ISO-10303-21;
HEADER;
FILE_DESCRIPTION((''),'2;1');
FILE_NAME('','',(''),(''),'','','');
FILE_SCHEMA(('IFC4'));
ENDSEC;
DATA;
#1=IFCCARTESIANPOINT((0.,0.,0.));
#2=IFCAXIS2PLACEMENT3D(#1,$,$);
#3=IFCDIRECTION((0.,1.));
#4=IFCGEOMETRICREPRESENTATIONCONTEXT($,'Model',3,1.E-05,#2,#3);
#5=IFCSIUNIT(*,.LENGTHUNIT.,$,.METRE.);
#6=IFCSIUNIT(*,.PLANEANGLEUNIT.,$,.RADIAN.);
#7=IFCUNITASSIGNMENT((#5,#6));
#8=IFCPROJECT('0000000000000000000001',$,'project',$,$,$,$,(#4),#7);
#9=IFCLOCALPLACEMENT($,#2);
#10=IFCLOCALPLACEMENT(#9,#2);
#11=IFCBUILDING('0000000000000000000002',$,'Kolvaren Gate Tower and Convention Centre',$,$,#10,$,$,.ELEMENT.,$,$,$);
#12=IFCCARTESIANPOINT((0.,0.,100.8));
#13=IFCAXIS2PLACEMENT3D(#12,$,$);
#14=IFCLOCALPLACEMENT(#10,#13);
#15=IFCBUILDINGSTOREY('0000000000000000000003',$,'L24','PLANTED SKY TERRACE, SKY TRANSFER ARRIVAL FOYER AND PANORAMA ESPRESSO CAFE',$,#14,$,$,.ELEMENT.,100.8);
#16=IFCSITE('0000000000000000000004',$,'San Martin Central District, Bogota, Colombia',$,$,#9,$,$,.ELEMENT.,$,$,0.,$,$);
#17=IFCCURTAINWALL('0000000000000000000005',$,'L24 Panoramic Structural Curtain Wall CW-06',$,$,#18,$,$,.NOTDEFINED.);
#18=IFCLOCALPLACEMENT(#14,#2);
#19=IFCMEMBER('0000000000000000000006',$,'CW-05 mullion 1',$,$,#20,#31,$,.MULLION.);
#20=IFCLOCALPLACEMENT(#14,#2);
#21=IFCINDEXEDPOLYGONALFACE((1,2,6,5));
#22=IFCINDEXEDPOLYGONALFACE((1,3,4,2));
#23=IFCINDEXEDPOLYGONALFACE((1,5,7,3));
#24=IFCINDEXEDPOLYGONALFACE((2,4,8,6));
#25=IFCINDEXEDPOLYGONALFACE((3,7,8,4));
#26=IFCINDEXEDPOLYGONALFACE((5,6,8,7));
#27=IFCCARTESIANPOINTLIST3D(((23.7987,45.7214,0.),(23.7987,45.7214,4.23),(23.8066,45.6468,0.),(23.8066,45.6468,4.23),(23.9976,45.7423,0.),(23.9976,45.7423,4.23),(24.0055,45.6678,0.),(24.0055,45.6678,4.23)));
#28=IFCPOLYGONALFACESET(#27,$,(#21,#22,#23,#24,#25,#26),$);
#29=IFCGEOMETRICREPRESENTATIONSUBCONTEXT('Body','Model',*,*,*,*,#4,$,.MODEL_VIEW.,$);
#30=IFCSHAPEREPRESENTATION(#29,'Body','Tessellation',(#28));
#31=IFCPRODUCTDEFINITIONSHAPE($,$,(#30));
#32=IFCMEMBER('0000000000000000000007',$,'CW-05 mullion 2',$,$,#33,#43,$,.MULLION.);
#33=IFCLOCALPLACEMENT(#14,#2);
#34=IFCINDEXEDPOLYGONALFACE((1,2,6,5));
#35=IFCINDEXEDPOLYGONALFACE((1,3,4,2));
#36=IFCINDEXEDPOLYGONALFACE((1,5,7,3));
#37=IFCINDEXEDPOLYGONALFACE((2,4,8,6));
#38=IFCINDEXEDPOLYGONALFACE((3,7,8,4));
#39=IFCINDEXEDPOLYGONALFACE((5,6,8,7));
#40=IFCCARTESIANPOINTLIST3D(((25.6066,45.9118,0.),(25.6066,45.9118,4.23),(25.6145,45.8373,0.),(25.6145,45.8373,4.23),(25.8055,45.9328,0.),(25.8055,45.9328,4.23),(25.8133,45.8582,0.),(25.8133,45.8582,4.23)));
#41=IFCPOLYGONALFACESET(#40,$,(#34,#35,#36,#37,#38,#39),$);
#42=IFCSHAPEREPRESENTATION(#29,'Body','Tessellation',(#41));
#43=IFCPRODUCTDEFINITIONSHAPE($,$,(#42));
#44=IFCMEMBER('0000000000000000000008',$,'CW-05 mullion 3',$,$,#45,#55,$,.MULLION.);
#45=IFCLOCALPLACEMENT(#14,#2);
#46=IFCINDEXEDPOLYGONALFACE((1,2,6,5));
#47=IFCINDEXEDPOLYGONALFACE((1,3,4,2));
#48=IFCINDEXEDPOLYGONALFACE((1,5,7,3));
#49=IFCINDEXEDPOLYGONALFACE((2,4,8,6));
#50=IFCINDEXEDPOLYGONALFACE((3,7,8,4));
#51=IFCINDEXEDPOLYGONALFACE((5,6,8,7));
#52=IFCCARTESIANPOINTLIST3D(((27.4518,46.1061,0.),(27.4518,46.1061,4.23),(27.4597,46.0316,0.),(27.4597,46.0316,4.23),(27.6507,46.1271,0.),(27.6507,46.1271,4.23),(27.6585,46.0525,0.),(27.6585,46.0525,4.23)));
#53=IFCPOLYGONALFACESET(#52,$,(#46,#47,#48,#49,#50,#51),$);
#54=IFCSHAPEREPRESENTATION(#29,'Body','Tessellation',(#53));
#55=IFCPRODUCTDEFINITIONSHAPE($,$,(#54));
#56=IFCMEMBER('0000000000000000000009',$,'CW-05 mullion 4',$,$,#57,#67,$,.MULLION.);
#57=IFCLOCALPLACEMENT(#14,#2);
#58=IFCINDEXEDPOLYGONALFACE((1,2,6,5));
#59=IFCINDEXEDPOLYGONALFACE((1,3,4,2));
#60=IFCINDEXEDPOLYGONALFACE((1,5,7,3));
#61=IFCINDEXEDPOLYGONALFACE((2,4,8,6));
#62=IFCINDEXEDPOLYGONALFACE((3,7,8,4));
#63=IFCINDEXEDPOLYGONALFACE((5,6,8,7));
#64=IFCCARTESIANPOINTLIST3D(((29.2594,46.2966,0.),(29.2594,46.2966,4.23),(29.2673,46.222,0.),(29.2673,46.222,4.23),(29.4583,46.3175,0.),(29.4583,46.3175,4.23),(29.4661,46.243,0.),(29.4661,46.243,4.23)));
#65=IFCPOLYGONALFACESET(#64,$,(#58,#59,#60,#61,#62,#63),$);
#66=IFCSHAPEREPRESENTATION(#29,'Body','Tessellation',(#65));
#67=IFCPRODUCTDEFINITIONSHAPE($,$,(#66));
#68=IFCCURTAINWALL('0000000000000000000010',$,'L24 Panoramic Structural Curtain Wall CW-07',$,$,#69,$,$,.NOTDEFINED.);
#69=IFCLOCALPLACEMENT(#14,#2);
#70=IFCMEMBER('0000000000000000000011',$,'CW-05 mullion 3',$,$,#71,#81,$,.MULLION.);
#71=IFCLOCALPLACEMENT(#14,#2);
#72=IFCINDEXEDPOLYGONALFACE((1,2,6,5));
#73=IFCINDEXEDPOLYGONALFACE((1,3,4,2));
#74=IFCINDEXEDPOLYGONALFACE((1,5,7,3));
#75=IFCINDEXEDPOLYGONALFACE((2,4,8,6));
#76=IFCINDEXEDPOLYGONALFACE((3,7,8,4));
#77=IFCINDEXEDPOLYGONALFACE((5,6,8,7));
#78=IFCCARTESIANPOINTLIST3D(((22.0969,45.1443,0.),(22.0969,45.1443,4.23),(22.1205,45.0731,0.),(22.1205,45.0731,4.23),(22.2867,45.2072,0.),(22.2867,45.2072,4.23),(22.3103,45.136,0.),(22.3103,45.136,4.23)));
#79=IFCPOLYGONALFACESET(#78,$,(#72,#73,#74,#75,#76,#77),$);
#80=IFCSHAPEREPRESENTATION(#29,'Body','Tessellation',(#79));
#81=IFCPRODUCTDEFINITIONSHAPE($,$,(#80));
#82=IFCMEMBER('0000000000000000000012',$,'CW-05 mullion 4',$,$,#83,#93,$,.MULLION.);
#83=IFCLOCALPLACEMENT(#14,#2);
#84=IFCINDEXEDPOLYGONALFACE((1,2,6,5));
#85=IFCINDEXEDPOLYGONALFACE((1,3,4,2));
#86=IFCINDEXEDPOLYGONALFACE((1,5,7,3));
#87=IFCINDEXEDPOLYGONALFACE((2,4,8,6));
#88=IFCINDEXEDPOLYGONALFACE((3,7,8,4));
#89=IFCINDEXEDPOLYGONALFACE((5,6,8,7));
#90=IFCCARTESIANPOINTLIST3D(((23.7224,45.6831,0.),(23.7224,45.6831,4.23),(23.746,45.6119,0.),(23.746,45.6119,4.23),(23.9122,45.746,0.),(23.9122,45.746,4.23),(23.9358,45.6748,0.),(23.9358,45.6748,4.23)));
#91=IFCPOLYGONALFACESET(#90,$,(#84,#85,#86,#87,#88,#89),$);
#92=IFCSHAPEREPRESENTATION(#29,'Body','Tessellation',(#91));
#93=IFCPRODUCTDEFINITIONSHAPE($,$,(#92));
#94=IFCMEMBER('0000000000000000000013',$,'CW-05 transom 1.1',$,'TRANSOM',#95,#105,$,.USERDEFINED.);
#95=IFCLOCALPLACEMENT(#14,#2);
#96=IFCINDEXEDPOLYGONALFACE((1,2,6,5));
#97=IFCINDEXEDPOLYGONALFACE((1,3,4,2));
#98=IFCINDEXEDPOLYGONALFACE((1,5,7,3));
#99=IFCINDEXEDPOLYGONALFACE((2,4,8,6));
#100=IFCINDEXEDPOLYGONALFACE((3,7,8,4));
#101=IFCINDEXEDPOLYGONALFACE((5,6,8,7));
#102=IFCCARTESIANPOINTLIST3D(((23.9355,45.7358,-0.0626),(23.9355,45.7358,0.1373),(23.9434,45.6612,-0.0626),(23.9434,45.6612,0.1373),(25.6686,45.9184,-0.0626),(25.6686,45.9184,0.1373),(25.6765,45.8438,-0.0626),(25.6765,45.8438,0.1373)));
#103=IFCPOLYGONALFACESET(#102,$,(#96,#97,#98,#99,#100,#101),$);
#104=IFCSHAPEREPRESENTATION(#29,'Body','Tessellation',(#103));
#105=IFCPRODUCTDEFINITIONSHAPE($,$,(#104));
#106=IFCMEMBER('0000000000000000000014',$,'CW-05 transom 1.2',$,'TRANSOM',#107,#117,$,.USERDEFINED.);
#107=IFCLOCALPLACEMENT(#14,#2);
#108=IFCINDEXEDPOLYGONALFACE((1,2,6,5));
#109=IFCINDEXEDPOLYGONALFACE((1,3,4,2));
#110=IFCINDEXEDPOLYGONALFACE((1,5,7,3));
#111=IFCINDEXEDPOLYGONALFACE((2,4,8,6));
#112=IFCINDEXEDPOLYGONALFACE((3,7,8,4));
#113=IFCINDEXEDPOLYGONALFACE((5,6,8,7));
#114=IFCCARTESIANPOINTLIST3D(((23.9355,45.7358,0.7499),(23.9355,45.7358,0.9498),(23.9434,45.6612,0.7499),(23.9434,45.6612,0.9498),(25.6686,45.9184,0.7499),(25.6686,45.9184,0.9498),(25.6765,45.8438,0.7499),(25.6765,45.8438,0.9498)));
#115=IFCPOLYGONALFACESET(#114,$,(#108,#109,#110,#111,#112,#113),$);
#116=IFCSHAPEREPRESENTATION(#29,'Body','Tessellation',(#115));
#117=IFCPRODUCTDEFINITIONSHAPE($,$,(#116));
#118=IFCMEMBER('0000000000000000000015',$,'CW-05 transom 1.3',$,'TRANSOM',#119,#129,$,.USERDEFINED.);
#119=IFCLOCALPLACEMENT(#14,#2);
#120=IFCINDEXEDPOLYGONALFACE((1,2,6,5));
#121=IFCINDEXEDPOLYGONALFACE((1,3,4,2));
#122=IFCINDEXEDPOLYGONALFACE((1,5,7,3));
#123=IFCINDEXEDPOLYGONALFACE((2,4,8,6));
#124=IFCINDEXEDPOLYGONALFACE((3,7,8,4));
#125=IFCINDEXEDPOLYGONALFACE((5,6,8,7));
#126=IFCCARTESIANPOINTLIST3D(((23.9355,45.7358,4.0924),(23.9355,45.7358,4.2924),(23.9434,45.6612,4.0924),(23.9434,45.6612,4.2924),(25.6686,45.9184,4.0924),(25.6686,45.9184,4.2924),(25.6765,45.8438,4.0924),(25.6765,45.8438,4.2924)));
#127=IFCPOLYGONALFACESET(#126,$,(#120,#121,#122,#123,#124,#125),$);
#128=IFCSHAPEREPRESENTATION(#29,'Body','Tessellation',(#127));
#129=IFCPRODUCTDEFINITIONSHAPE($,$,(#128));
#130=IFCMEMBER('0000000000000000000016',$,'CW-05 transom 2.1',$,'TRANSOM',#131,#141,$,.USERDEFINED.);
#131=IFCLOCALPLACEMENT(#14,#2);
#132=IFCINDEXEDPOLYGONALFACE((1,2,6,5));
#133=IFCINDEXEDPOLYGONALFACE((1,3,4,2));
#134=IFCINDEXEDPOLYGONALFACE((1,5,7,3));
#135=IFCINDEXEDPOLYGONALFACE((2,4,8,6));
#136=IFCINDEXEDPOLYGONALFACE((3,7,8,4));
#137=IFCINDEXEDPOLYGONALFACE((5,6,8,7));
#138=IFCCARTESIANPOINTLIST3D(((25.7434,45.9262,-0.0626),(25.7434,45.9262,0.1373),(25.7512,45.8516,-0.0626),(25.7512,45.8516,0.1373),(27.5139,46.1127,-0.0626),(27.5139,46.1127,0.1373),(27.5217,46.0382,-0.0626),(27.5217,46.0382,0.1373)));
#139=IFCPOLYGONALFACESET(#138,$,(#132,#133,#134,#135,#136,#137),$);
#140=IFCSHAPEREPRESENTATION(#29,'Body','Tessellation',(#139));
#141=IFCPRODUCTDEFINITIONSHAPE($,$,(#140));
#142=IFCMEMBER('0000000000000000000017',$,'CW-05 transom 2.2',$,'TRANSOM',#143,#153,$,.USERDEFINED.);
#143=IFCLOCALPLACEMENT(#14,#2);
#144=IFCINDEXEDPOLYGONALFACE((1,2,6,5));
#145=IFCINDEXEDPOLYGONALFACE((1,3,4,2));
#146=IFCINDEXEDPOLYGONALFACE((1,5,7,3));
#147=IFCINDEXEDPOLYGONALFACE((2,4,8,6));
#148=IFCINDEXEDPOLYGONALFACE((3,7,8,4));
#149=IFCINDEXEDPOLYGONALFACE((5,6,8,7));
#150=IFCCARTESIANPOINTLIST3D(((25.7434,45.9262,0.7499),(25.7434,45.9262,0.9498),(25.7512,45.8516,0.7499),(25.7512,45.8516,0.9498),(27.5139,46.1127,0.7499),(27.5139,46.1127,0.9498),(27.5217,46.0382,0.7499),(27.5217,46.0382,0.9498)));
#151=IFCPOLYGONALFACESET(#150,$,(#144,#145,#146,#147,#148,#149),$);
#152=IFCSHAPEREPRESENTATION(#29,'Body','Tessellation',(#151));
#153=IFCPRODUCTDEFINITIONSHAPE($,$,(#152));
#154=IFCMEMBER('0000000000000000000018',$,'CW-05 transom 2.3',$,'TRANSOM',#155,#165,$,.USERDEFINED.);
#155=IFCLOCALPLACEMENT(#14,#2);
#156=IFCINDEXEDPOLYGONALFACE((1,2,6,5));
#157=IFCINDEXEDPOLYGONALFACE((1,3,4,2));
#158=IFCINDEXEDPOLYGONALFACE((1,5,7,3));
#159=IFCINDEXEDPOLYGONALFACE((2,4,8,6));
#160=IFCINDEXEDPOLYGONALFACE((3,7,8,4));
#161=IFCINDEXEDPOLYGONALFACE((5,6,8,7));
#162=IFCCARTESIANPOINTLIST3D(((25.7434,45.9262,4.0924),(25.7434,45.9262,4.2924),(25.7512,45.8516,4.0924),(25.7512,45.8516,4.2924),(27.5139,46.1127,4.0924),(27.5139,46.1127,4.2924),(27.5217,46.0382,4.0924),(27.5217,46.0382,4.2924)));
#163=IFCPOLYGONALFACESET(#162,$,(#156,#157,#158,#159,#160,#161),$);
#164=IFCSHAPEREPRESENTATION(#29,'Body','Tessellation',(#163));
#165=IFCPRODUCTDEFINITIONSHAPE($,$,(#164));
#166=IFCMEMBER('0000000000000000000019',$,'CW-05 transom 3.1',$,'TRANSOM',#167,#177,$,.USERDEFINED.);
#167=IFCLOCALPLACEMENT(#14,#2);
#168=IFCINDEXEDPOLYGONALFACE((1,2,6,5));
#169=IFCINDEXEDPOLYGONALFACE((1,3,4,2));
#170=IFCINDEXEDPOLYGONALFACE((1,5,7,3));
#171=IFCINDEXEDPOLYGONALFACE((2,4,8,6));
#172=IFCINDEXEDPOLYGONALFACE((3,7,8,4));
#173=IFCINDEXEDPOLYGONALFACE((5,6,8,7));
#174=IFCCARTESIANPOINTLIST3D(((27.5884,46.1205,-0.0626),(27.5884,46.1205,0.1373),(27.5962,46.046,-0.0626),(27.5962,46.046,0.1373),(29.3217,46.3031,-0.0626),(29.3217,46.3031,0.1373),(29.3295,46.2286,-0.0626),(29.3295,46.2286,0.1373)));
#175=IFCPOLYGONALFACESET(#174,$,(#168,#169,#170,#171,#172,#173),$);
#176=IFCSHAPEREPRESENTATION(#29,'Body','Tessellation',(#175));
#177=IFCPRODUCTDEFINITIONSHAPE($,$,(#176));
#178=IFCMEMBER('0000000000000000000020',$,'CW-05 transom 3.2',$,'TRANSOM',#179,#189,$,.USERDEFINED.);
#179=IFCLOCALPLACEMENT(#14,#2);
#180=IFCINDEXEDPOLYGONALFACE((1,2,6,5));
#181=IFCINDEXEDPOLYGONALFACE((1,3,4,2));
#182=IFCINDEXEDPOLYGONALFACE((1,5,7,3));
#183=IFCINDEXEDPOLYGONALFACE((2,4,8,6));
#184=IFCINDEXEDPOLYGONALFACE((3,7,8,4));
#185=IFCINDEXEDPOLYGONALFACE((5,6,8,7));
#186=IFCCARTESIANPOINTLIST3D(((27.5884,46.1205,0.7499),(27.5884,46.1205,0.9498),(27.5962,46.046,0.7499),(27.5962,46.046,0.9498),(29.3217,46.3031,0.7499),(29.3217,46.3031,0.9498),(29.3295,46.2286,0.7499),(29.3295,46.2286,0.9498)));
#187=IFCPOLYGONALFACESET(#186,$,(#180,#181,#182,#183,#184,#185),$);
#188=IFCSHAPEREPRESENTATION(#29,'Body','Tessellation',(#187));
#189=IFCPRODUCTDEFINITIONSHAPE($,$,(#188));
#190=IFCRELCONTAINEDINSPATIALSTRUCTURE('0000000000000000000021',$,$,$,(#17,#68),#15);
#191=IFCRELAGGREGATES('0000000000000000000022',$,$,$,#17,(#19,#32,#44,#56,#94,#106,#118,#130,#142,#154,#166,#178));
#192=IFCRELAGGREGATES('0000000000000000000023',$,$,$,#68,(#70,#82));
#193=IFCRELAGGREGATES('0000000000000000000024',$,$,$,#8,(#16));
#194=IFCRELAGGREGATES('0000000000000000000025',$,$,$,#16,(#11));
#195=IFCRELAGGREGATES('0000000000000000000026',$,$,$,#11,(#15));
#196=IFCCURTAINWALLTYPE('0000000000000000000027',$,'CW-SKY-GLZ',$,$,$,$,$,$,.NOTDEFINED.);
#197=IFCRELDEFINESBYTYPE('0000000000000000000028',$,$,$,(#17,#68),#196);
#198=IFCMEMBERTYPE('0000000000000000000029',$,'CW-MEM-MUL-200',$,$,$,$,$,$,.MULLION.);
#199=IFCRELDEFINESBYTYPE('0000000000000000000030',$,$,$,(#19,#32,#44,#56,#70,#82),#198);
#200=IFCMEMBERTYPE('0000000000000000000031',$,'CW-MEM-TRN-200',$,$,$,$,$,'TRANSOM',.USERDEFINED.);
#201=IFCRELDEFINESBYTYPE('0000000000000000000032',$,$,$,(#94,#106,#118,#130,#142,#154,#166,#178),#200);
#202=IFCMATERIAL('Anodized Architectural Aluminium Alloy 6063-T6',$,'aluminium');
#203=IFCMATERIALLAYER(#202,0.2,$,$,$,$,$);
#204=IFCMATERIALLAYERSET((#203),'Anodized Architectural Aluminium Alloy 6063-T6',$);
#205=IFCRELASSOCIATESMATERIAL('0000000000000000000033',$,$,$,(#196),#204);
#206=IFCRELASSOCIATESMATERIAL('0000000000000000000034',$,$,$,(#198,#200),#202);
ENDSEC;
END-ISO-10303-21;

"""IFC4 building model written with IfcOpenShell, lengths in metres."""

from ifc_helpers import new_model, si_unit, direction, frame, origin, origin_2d, place, context, subcontext, project, spatial, rectangle, extrude, material, layer, layer_set, material_profile, profile_set, type_object, element, aggregate, save


model = new_model("IFC4")

# Units and contexts
model_context = context("Model", 3, precision=1e-05, world=origin(), true_north=direction((0.0, 1.0)))
body_context = subcontext(model_context, "Body", "Model", "MODEL_VIEW")
ifc_project = project(units=[si_unit("LENGTHUNIT", "METRE"), si_unit("PLANEANGLEUNIT", "RADIAN")], contexts=[model_context])

# Site, building, storey
site_placement = place(None, origin())
site = spatial("IfcSite", under=ifc_project, at=site_placement, Name="San Martin Central District, Bogota, Colombia", CompositionType="ELEMENT", RefElevation=0.0)
building_placement = place(site_placement, origin())
building = spatial("IfcBuilding", under=site, at=building_placement, Name="Kolvaren Gate Tower and Convention Centre", CompositionType="ELEMENT")
storey_placement = place(building_placement, frame((0.0, 0.0, 100.8)))
storey = spatial("IfcBuildingStorey", under=building, at=storey_placement, Name="L24", Description="PLANTED SKY TERRACE, SKY TRANSFER ARRIVAL FOYER AND PANORAMA ESPRESSO CAFE", CompositionType="ELEMENT", Elevation=100.8)

# Curtain walls, members
ifc_material_1 = material(Name="Anodized Architectural Aluminium Alloy 6063-T6", Category="aluminium")
ifc_layer_1 = layer(ifc_material_1, 0.2)
ifc_layer_set_1 = layer_set([ifc_layer_1], Name="Anodized Architectural Aluminium Alloy 6063-T6")
curtain_wall_type = type_object("IfcCurtainWallType", Name="CW-SKY-GLZ", PredefinedType="NOTDEFINED", material=ifc_layer_set_1)
curtain_wall_1_placement = place(storey_placement, origin())
curtain_wall_1 = element("IfcCurtainWall", 1, at=curtain_wall_1_placement, inside=storey, type_object=curtain_wall_type, Name="L24 Panoramic Structural Curtain Wall CW-06", PredefinedType="NOTDEFINED")
ifc_material_profile_1 = material_profile(ifc_material_1, rectangle(XDim=0.075, YDim=0.2, at=origin_2d()), Name="CW-MEM-MUL-200")
ifc_profile_set_1 = profile_set([ifc_material_profile_1], Name="Anodized Architectural Aluminium Alloy 6063-T6")
member_type_1 = type_object("IfcMemberType", Name="CW-MEM-MUL-200", PredefinedType="MULLION", material=ifc_profile_set_1)
member_1_placement = place(storey_placement, frame((23.9021, 45.6946, 0.0), z_axis=(0.0, 0.0, 1.0), x_axis=(-0.104743, 0.994499, 0.0)))
member_1 = element("IfcMember", 2, at=member_1_placement, type_object=member_type_1, Name="CW-05 mullion 1", PredefinedType="MULLION", context=body_context, shape_type="SweptSolid", body=[
    extrude(rectangle(XDim=0.075, YDim=0.2, at=origin_2d()), origin(), (0.0, 0.0, 1.0), 4.23),
])
member_2_placement = place(storey_placement, frame((25.71, 45.885, 0.0), z_axis=(0.0, 0.0, 1.0), x_axis=(-0.104743, 0.994499, 0.0)))
member_2 = element("IfcMember", 3, at=member_2_placement, type_object=member_type_1, Name="CW-05 mullion 2", PredefinedType="MULLION", context=body_context, shape_type="SweptSolid", body=[
    extrude(rectangle(XDim=0.075, YDim=0.2, at=origin_2d()), origin(), (0.0, 0.0, 1.0), 4.23),
])
member_3_placement = place(storey_placement, frame((27.5552, 46.0793, 0.0), z_axis=(0.0, 0.0, 1.0), x_axis=(-0.104743, 0.994499, 0.0)))
member_3 = element("IfcMember", 4, at=member_3_placement, type_object=member_type_1, Name="CW-05 mullion 3", PredefinedType="MULLION", context=body_context, shape_type="SweptSolid", body=[
    extrude(rectangle(XDim=0.075, YDim=0.2, at=origin_2d()), origin(), (0.0, 0.0, 1.0), 4.23),
])
member_4_placement = place(storey_placement, frame((29.3628, 46.2698, 0.0), z_axis=(0.0, 0.0, 1.0), x_axis=(-0.104743, 0.994499, 0.0)))
member_4 = element("IfcMember", 5, at=member_4_placement, type_object=member_type_1, Name="CW-05 mullion 4", PredefinedType="MULLION", context=body_context, shape_type="SweptSolid", body=[
    extrude(rectangle(XDim=0.075, YDim=0.2, at=origin_2d()), origin(), (0.0, 0.0, 1.0), 4.23),
])
curtain_wall_2_placement = place(storey_placement, origin())
curtain_wall_2 = element("IfcCurtainWall", 6, at=curtain_wall_2_placement, inside=storey, type_object=curtain_wall_type, Name="L24 Panoramic Structural Curtain Wall CW-07", PredefinedType="NOTDEFINED")
member_5_placement = place(storey_placement, frame((22.2036, 45.1401, 0.0), z_axis=(0.0, 0.0, 1.0), x_axis=(-0.314565, 0.949236, 0.0)))
member_5 = element("IfcMember", 7, at=member_5_placement, type_object=member_type_1, Name="CW-05 mullion 3", PredefinedType="MULLION", context=body_context, shape_type="SweptSolid", body=[
    extrude(rectangle(XDim=0.075, YDim=0.2, at=origin_2d()), origin(), (0.0, 0.0, 1.0), 4.23),
])
member_6_placement = place(storey_placement, frame((23.8291, 45.679, 0.0), z_axis=(0.0, 0.0, 1.0), x_axis=(-0.314565, 0.949236, 0.0)))
member_6 = element("IfcMember", 8, at=member_6_placement, type_object=member_type_1, Name="CW-05 mullion 4", PredefinedType="MULLION", context=body_context, shape_type="SweptSolid", body=[
    extrude(rectangle(XDim=0.075, YDim=0.2, at=origin_2d()), origin(), (0.0, 0.0, 1.0), 4.23),
])

# Members
ifc_material_profile_2 = material_profile(ifc_material_1, rectangle(XDim=0.075, YDim=0.2, at=origin_2d()), Name="CW-MEM-TRN-200")
ifc_profile_set_2 = profile_set([ifc_material_profile_2], Name="Anodized Architectural Aluminium Alloy 6063-T6")
member_type_2 = type_object("IfcMemberType", Name="CW-MEM-TRN-200", ElementType="TRANSOM", PredefinedType="USERDEFINED", material=ifc_profile_set_2)
member_7_placement = place(storey_placement, frame((23.9395, 45.6985, 0.0374), z_axis=(0.994495, 0.104787, 0.0), x_axis=(-0.104787, 0.994495, 0.0)))
member_7 = element("IfcMember", 9, at=member_7_placement, type_object=member_type_2, Name="CW-05 transom 1.1", ObjectType="TRANSOM", PredefinedType="USERDEFINED", context=body_context, shape_type="SweptSolid", body=[
    extrude(rectangle(XDim=0.075, YDim=0.2, at=origin_2d()), origin(), (0.0, 0.0, 1.0), 1.7427),
])
member_8_placement = place(storey_placement, frame((23.9395, 45.6985, 0.8499), z_axis=(0.994495, 0.104787, 0.0), x_axis=(-0.104787, 0.994495, 0.0)))
member_8 = element("IfcMember", 10, at=member_8_placement, type_object=member_type_2, Name="CW-05 transom 1.2", ObjectType="TRANSOM", PredefinedType="USERDEFINED", context=body_context, shape_type="SweptSolid", body=[
    extrude(rectangle(XDim=0.075, YDim=0.2, at=origin_2d()), origin(), (0.0, 0.0, 1.0), 1.7427),
])
member_9_placement = place(storey_placement, frame((23.9395, 45.6985, 4.1924), z_axis=(0.994495, 0.104787, 0.0), x_axis=(-0.104787, 0.994495, 0.0)))
member_9 = element("IfcMember", 11, at=member_9_placement, type_object=member_type_2, Name="CW-05 transom 1.3", ObjectType="TRANSOM", PredefinedType="USERDEFINED", context=body_context, shape_type="SweptSolid", body=[
    extrude(rectangle(XDim=0.075, YDim=0.2, at=origin_2d()), origin(), (0.0, 0.0, 1.0), 1.7427),
])
member_10_placement = place(storey_placement, frame((25.7473, 45.8889, 0.0374), z_axis=(0.994496, 0.10477, 0.0), x_axis=(-0.10477, 0.994496, 0.0)))
member_10 = element("IfcMember", 12, at=member_10_placement, type_object=member_type_2, Name="CW-05 transom 2.1", ObjectType="TRANSOM", PredefinedType="USERDEFINED", context=body_context, shape_type="SweptSolid", body=[
    extrude(rectangle(XDim=0.075, YDim=0.2, at=origin_2d()), origin(), (0.0, 0.0, 1.0), 1.7803),
])
member_11_placement = place(storey_placement, frame((25.7473, 45.8889, 0.8499), z_axis=(0.994496, 0.10477, 0.0), x_axis=(-0.10477, 0.994496, 0.0)))
member_11 = element("IfcMember", 13, at=member_11_placement, type_object=member_type_2, Name="CW-05 transom 2.2", ObjectType="TRANSOM", PredefinedType="USERDEFINED", context=body_context, shape_type="SweptSolid", body=[
    extrude(rectangle(XDim=0.075, YDim=0.2, at=origin_2d()), origin(), (0.0, 0.0, 1.0), 1.7803),
])
member_12_placement = place(storey_placement, frame((25.7473, 45.8889, 4.1924), z_axis=(0.994496, 0.10477, 0.0), x_axis=(-0.10477, 0.994496, 0.0)))
member_12 = element("IfcMember", 14, at=member_12_placement, type_object=member_type_2, Name="CW-05 transom 2.3", ObjectType="TRANSOM", PredefinedType="USERDEFINED", context=body_context, shape_type="SweptSolid", body=[
    extrude(rectangle(XDim=0.075, YDim=0.2, at=origin_2d()), origin(), (0.0, 0.0, 1.0), 1.7803),
])
member_13_placement = place(storey_placement, frame((27.5923, 46.0833, 0.0374), z_axis=(0.994496, 0.104772, 0.0), x_axis=(-0.104772, 0.994496, 0.0)))
member_13 = element("IfcMember", 15, at=member_13_placement, type_object=member_type_2, Name="CW-05 transom 3.1", ObjectType="TRANSOM", PredefinedType="USERDEFINED", context=body_context, shape_type="SweptSolid", body=[
    extrude(rectangle(XDim=0.075, YDim=0.2, at=origin_2d()), origin(), (0.0, 0.0, 1.0), 1.7429),
])
member_14_placement = place(storey_placement, frame((27.5923, 46.0833, 0.8499), z_axis=(0.994496, 0.104772, 0.0), x_axis=(-0.104772, 0.994496, 0.0)))
member_14 = element("IfcMember", 16, at=member_14_placement, type_object=member_type_2, Name="CW-05 transom 3.2", ObjectType="TRANSOM", PredefinedType="USERDEFINED", context=body_context, shape_type="SweptSolid", body=[
    extrude(rectangle(XDim=0.075, YDim=0.2, at=origin_2d()), origin(), (0.0, 0.0, 1.0), 1.7429),
])

aggregate(curtain_wall_1, [member_1, member_2, member_3, member_4, member_7, member_8, member_9, member_10, member_11, member_12, member_13, member_14])
aggregate(curtain_wall_2, [member_5, member_6])

save(model, "model.ifc")
